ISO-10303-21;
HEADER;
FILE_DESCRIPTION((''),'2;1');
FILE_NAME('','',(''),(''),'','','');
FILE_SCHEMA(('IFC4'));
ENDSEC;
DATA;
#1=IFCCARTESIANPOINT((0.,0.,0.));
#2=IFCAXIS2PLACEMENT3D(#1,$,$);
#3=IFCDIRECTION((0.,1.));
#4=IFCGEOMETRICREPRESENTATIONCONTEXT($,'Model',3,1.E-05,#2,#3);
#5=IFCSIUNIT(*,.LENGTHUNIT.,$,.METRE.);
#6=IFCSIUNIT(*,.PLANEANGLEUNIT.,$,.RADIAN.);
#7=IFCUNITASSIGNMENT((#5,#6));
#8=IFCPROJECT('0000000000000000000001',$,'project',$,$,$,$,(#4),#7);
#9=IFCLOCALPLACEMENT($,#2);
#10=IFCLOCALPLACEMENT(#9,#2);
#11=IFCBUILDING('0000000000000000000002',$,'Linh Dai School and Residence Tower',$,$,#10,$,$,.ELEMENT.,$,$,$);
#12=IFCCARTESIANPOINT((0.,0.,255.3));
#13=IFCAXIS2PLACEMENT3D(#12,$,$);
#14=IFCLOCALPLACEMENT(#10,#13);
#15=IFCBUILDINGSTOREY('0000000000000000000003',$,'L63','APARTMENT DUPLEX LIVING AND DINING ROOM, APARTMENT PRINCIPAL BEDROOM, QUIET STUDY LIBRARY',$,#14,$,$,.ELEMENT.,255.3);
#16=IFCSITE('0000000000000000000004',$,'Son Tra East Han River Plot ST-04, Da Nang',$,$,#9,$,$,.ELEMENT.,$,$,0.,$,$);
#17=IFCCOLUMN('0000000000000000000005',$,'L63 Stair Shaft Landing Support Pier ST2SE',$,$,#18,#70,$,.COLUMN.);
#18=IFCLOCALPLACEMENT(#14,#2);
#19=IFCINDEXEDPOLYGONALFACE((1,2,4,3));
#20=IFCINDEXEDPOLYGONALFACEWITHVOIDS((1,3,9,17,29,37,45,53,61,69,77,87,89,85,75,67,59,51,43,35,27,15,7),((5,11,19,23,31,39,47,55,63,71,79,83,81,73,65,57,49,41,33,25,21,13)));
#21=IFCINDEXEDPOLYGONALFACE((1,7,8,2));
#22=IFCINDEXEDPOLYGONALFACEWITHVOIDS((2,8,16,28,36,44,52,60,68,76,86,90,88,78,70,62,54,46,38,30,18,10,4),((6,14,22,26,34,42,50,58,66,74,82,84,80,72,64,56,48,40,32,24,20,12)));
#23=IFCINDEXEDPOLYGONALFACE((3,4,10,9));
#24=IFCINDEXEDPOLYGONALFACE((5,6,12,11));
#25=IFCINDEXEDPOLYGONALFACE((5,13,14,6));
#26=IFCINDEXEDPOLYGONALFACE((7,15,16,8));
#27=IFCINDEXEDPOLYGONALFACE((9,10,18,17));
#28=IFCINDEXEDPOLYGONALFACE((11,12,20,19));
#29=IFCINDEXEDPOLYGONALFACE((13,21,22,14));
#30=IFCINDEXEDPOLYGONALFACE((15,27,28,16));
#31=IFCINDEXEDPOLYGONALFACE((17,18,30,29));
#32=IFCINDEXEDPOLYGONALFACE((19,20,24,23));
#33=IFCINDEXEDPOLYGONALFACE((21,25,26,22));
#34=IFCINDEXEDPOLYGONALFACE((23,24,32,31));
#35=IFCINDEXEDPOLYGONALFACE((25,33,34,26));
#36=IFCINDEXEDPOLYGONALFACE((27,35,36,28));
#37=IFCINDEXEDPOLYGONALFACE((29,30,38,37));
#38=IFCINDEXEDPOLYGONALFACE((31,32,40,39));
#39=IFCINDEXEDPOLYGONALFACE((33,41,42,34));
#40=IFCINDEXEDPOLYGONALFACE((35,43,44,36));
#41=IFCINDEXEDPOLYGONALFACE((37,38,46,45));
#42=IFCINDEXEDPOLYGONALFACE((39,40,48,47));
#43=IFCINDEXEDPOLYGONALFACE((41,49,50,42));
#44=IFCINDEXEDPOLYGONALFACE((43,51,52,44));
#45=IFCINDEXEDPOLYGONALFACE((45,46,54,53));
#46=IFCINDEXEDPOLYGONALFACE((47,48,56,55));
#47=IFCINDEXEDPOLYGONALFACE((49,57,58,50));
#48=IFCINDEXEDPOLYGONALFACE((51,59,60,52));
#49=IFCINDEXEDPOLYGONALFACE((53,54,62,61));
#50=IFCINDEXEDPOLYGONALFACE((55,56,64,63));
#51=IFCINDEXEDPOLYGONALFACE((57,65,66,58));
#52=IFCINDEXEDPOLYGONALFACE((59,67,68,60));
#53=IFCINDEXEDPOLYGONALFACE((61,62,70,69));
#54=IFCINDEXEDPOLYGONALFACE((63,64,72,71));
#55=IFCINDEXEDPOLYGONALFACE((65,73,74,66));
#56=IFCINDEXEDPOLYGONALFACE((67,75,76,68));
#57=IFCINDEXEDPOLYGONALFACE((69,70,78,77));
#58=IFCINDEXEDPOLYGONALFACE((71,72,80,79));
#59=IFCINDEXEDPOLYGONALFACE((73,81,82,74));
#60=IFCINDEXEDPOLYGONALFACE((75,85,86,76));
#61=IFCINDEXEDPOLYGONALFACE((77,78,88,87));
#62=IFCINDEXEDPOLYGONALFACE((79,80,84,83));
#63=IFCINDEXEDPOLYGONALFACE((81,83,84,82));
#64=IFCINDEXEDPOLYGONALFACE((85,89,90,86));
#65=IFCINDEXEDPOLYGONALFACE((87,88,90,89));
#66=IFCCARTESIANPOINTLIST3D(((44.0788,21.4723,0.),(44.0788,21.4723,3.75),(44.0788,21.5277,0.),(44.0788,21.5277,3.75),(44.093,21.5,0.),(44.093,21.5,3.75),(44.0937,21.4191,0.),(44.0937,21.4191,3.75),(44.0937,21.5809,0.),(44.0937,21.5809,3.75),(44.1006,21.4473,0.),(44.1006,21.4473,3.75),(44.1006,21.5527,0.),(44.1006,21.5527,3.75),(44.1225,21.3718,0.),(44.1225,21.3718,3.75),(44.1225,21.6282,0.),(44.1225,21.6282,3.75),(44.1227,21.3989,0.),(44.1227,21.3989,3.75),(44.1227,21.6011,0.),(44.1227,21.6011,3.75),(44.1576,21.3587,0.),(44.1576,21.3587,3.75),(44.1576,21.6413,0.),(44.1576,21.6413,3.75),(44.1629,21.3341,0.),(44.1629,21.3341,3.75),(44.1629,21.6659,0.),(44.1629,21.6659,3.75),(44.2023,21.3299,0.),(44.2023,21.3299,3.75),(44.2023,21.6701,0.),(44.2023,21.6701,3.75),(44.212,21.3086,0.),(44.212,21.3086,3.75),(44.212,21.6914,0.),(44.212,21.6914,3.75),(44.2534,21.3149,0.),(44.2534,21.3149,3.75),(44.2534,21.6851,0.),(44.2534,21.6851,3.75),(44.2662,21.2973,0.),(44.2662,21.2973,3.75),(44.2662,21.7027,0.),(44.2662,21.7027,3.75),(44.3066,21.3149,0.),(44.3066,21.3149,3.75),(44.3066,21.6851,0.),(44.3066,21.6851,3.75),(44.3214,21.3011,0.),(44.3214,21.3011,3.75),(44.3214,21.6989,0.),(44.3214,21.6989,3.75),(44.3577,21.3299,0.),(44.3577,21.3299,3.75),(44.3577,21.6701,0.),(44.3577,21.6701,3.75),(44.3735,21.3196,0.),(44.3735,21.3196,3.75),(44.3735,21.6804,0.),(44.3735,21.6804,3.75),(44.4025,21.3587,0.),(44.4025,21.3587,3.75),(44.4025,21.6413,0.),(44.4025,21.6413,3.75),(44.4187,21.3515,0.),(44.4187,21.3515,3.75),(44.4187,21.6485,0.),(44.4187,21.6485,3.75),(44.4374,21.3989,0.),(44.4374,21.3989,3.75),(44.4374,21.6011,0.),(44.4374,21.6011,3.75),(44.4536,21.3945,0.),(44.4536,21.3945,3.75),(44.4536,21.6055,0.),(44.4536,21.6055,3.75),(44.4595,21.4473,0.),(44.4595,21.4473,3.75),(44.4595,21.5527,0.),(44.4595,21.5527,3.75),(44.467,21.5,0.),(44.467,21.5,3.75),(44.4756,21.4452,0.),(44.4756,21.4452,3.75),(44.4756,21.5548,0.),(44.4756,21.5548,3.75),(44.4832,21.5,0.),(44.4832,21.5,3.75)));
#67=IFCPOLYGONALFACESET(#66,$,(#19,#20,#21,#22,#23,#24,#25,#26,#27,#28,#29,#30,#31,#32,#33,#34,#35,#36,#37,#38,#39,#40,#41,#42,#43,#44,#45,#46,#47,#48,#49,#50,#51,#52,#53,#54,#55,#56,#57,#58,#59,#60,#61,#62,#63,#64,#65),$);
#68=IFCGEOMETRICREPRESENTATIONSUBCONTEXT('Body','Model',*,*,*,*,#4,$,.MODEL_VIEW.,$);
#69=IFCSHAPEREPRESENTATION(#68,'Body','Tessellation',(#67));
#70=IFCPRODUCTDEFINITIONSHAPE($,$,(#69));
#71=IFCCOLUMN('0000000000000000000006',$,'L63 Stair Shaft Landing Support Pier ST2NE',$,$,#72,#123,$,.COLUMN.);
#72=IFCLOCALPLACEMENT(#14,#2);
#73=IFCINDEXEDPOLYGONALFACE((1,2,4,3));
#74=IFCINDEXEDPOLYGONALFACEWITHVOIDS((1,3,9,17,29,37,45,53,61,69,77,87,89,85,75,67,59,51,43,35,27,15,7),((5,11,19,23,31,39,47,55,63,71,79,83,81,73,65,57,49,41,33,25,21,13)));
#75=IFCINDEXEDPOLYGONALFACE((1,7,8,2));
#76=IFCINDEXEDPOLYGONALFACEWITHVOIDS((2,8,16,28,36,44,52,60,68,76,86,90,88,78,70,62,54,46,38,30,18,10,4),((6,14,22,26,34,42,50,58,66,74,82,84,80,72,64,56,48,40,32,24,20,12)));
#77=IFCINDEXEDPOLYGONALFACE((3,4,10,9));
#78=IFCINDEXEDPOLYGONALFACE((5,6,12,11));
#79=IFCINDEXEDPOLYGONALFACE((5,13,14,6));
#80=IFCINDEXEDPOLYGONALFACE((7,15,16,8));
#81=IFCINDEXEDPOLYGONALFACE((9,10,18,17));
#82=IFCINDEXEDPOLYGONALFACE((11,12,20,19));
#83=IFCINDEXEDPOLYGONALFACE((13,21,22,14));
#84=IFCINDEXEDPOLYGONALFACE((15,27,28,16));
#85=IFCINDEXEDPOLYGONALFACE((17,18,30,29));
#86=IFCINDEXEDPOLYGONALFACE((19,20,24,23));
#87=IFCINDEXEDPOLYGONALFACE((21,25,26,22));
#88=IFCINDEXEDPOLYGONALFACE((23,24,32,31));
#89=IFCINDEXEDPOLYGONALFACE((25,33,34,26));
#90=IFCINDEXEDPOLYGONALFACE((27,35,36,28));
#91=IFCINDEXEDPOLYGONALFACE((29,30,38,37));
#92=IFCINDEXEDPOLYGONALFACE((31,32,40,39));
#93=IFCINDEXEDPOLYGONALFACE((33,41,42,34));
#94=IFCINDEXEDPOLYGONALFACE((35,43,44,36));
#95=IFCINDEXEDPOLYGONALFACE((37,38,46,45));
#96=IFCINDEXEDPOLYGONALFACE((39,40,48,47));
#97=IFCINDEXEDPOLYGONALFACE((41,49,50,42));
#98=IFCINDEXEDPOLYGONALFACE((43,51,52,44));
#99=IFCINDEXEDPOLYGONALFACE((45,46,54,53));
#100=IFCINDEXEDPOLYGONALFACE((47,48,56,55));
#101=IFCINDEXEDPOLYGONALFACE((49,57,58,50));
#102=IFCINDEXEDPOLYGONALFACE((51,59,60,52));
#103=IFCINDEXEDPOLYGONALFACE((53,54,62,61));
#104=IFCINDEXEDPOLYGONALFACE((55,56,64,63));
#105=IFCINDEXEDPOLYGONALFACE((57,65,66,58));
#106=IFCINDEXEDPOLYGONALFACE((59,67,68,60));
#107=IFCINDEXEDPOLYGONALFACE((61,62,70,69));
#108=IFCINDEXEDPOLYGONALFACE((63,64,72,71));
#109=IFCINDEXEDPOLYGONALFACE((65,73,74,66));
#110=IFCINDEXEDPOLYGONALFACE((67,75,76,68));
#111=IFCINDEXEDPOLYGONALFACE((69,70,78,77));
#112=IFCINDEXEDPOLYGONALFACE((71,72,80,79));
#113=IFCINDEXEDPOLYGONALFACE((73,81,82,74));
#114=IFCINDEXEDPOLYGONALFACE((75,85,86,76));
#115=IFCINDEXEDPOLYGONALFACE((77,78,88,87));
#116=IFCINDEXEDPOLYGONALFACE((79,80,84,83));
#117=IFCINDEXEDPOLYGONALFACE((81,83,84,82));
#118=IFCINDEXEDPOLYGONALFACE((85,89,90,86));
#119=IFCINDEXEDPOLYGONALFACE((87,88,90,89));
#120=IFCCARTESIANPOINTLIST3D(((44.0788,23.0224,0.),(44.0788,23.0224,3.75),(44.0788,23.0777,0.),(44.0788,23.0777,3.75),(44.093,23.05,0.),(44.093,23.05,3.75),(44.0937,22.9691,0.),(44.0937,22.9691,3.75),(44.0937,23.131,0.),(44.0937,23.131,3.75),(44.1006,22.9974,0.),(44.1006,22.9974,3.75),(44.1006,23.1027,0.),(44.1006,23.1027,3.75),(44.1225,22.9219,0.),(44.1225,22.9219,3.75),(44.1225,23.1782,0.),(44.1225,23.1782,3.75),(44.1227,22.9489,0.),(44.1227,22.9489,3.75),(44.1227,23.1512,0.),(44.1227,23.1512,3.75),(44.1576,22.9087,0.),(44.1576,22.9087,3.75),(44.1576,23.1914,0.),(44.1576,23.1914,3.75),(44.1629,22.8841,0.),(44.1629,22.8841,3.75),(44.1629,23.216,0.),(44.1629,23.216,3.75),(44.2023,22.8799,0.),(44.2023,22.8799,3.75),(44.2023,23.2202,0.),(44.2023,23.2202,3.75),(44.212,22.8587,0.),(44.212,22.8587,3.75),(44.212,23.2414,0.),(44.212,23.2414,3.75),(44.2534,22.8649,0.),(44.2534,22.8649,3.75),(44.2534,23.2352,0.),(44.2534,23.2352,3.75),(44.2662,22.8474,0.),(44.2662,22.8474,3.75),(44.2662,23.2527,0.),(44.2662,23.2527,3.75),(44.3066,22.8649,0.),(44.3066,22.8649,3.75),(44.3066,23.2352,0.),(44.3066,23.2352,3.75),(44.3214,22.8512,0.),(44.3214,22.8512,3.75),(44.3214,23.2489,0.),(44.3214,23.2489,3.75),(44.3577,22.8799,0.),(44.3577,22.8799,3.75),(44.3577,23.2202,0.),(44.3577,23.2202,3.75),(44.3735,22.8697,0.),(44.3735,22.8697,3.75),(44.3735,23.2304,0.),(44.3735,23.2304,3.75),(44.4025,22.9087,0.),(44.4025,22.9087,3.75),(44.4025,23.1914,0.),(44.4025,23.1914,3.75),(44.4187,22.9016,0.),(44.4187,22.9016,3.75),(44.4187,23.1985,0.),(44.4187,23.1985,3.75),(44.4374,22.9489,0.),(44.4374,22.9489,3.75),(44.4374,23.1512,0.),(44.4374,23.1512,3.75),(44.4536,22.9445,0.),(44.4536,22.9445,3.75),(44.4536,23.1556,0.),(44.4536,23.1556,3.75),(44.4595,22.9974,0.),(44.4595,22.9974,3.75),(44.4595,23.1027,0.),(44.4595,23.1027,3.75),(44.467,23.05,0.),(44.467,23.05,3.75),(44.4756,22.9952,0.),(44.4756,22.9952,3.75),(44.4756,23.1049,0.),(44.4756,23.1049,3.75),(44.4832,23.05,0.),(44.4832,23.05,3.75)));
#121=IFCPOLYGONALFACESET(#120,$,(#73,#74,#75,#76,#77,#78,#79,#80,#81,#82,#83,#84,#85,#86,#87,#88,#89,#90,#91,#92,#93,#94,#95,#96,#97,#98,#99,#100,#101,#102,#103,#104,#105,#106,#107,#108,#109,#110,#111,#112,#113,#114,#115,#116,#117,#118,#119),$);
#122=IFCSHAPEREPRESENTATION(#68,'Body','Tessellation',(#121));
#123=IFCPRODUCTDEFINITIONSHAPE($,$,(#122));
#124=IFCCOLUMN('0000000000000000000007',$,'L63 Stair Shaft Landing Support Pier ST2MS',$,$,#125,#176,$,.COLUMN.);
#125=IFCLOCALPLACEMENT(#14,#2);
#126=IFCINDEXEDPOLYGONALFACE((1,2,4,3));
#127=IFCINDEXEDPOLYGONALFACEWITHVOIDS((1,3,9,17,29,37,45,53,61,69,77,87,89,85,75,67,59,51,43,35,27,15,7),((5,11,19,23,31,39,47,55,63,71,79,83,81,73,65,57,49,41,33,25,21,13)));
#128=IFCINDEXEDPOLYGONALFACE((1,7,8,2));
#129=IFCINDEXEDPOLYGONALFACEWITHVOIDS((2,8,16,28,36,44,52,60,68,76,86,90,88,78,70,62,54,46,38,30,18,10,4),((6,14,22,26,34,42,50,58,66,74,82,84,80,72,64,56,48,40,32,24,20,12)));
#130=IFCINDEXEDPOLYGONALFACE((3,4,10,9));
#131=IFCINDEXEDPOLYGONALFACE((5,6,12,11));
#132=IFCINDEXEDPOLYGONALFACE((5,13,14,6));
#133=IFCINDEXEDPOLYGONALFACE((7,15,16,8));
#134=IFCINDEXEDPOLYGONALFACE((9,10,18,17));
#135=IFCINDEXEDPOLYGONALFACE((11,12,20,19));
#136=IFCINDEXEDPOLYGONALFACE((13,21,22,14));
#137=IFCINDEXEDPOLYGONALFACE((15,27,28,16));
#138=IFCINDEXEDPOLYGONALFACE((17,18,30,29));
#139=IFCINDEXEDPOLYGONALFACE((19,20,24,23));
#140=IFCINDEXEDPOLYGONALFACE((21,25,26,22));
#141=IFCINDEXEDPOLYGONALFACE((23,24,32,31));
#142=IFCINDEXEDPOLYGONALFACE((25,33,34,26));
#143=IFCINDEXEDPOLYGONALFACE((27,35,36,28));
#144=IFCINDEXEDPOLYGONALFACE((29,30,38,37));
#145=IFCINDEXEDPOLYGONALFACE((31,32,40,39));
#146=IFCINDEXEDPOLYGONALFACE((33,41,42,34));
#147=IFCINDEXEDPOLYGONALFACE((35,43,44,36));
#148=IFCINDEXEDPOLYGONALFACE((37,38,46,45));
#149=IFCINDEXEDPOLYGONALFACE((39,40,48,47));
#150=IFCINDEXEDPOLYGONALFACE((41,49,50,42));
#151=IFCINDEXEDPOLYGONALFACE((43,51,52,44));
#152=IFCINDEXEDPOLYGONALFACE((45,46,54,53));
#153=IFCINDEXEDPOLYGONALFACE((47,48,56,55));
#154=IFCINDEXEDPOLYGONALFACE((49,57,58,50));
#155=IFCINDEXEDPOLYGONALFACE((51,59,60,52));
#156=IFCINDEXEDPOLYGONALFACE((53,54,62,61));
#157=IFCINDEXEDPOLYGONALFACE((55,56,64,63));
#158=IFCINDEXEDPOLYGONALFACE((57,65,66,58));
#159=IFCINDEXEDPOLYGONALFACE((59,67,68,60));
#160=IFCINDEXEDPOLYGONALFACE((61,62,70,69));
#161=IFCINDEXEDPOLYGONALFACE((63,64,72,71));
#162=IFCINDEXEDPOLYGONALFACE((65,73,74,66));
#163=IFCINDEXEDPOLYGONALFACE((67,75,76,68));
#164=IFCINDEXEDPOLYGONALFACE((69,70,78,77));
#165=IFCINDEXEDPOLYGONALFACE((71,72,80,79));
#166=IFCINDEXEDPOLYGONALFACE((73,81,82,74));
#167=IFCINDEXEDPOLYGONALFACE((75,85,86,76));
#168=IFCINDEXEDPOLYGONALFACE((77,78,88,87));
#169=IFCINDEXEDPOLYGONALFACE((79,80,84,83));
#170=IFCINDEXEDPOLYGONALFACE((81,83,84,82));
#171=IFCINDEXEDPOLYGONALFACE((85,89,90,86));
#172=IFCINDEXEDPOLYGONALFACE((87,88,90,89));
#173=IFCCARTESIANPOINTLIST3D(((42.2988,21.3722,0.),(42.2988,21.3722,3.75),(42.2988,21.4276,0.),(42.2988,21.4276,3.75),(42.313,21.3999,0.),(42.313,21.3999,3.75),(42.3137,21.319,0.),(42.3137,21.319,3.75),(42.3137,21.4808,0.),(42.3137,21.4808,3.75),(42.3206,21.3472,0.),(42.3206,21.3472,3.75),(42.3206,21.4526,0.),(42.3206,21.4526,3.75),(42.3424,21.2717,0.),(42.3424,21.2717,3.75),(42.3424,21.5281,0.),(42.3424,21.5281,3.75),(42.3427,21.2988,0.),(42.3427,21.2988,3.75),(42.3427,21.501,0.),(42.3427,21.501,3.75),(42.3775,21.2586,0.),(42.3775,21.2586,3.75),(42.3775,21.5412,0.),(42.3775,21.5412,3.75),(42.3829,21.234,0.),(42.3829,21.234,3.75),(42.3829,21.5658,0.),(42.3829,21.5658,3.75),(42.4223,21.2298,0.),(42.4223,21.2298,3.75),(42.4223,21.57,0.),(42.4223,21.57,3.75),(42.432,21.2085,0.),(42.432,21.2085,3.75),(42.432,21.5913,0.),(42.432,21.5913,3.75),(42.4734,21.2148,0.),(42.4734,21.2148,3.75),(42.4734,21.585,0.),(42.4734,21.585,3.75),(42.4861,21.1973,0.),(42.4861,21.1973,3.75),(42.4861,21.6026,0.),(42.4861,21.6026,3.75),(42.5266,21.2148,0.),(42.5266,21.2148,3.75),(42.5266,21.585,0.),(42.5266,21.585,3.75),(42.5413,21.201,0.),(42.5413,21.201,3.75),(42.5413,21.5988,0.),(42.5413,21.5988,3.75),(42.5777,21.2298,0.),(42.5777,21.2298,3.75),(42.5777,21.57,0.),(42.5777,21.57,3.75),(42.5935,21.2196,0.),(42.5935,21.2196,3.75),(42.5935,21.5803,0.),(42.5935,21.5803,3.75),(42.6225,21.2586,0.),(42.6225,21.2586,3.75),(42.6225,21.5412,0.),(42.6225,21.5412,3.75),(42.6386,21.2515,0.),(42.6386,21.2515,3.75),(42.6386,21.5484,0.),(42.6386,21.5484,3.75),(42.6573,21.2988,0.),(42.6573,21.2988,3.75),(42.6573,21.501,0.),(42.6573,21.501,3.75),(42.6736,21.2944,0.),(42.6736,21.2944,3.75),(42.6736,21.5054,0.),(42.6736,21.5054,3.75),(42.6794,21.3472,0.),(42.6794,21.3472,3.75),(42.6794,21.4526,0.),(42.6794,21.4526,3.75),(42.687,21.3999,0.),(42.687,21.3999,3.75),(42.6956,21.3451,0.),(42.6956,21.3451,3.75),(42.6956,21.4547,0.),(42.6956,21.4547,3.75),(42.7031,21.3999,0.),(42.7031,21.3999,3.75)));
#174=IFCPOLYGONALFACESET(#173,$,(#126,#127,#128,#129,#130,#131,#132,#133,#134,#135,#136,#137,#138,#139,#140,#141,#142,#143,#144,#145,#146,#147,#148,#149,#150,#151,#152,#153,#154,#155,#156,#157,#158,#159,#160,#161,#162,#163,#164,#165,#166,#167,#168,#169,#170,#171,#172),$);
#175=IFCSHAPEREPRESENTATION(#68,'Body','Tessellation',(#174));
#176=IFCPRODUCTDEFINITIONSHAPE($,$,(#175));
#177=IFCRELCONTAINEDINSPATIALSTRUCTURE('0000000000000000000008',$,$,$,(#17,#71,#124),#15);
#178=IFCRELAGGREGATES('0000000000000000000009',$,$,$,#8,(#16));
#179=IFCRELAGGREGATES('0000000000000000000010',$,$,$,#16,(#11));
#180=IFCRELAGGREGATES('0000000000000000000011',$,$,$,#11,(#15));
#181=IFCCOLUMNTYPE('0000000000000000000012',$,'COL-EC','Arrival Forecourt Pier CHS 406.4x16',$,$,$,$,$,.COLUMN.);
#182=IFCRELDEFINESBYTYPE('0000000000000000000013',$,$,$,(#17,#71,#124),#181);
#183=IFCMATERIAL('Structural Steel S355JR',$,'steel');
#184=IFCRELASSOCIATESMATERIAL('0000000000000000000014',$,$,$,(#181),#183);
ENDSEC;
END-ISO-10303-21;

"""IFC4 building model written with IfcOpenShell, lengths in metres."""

from ifc_helpers import new_model, si_unit, direction, frame, origin, origin_2d, place, context, subcontext, project, spatial, hollow_circle, extrude, material, material_profile, profile_set, type_object, element, save


model = new_model("IFC4")

# Units and contexts
model_context = context("Model", 3, precision=1e-05, world=origin(), true_north=direction((0.0, 1.0)))
body_context = subcontext(model_context, "Body", "Model", "MODEL_VIEW")
ifc_project = project(units=[si_unit("LENGTHUNIT", "METRE"), si_unit("PLANEANGLEUNIT", "RADIAN")], contexts=[model_context])

# Site, building, storey
site_placement = place(None, origin())
site = spatial("IfcSite", under=ifc_project, at=site_placement, Name="Son Tra East Han River Plot ST-04, Da Nang", CompositionType="ELEMENT", RefElevation=0.0)
building_placement = place(site_placement, origin())
building = spatial("IfcBuilding", under=site, at=building_placement, Name="Linh Dai School and Residence Tower", CompositionType="ELEMENT")
storey_placement = place(building_placement, frame((0.0, 0.0, 255.3)))
storey = spatial("IfcBuildingStorey", under=building, at=storey_placement, Name="L63", Description="APARTMENT DUPLEX LIVING AND DINING ROOM, APARTMENT PRINCIPAL BEDROOM, QUIET STUDY LIBRARY", CompositionType="ELEMENT", Elevation=255.3)

# Columns
ifc_material_1 = material(Name="Structural Steel S355JR", Category="steel")
ifc_material_profile_1 = material_profile(ifc_material_1, hollow_circle(Radius=0.2031, WallThickness=0.0161, at=origin_2d()), Name="CHS 406.4x16")
ifc_profile_set_1 = profile_set([ifc_material_profile_1], Name="Structural Steel S355JR")
column_type_1 = type_object("IfcColumnType", Name="COL-EC", Description="Arrival Forecourt Pier CHS 406.4x16", PredefinedType="COLUMN", material=ifc_profile_set_1)
for number, where, z_axis, x_axis, name in (
    (1, (44.28, 21.5, 0.0), (0.0, 0.0, 1.0), (1.0, 0.0, 0.0), "L63 Stair Shaft Landing Support Pier ST2SE"),
    (2, (44.28, 23.05, 0.0), (0.0, 0.0, 1.0), (1.0, 0.0, 0.0), "L63 Stair Shaft Landing Support Pier ST2NE"),
    (3, (42.5, 21.3999, 0.0), (0.0, 0.0, 1.0), (1.0, 0.0, 0.0), "L63 Stair Shaft Landing Support Pier ST2MS"),
):
    element("IfcColumn", number, at=place(storey_placement, frame(where, z_axis=z_axis, x_axis=x_axis)), inside=storey, type_object=column_type_1, Name=name, PredefinedType="COLUMN", context=body_context, shape_type="SweptSolid", body=[
        extrude(hollow_circle(Radius=0.2031, WallThickness=0.0161, at=origin_2d()), origin(), (0.0, 0.0, 1.0), 3.75),
    ])

save(model, "model.ifc")
